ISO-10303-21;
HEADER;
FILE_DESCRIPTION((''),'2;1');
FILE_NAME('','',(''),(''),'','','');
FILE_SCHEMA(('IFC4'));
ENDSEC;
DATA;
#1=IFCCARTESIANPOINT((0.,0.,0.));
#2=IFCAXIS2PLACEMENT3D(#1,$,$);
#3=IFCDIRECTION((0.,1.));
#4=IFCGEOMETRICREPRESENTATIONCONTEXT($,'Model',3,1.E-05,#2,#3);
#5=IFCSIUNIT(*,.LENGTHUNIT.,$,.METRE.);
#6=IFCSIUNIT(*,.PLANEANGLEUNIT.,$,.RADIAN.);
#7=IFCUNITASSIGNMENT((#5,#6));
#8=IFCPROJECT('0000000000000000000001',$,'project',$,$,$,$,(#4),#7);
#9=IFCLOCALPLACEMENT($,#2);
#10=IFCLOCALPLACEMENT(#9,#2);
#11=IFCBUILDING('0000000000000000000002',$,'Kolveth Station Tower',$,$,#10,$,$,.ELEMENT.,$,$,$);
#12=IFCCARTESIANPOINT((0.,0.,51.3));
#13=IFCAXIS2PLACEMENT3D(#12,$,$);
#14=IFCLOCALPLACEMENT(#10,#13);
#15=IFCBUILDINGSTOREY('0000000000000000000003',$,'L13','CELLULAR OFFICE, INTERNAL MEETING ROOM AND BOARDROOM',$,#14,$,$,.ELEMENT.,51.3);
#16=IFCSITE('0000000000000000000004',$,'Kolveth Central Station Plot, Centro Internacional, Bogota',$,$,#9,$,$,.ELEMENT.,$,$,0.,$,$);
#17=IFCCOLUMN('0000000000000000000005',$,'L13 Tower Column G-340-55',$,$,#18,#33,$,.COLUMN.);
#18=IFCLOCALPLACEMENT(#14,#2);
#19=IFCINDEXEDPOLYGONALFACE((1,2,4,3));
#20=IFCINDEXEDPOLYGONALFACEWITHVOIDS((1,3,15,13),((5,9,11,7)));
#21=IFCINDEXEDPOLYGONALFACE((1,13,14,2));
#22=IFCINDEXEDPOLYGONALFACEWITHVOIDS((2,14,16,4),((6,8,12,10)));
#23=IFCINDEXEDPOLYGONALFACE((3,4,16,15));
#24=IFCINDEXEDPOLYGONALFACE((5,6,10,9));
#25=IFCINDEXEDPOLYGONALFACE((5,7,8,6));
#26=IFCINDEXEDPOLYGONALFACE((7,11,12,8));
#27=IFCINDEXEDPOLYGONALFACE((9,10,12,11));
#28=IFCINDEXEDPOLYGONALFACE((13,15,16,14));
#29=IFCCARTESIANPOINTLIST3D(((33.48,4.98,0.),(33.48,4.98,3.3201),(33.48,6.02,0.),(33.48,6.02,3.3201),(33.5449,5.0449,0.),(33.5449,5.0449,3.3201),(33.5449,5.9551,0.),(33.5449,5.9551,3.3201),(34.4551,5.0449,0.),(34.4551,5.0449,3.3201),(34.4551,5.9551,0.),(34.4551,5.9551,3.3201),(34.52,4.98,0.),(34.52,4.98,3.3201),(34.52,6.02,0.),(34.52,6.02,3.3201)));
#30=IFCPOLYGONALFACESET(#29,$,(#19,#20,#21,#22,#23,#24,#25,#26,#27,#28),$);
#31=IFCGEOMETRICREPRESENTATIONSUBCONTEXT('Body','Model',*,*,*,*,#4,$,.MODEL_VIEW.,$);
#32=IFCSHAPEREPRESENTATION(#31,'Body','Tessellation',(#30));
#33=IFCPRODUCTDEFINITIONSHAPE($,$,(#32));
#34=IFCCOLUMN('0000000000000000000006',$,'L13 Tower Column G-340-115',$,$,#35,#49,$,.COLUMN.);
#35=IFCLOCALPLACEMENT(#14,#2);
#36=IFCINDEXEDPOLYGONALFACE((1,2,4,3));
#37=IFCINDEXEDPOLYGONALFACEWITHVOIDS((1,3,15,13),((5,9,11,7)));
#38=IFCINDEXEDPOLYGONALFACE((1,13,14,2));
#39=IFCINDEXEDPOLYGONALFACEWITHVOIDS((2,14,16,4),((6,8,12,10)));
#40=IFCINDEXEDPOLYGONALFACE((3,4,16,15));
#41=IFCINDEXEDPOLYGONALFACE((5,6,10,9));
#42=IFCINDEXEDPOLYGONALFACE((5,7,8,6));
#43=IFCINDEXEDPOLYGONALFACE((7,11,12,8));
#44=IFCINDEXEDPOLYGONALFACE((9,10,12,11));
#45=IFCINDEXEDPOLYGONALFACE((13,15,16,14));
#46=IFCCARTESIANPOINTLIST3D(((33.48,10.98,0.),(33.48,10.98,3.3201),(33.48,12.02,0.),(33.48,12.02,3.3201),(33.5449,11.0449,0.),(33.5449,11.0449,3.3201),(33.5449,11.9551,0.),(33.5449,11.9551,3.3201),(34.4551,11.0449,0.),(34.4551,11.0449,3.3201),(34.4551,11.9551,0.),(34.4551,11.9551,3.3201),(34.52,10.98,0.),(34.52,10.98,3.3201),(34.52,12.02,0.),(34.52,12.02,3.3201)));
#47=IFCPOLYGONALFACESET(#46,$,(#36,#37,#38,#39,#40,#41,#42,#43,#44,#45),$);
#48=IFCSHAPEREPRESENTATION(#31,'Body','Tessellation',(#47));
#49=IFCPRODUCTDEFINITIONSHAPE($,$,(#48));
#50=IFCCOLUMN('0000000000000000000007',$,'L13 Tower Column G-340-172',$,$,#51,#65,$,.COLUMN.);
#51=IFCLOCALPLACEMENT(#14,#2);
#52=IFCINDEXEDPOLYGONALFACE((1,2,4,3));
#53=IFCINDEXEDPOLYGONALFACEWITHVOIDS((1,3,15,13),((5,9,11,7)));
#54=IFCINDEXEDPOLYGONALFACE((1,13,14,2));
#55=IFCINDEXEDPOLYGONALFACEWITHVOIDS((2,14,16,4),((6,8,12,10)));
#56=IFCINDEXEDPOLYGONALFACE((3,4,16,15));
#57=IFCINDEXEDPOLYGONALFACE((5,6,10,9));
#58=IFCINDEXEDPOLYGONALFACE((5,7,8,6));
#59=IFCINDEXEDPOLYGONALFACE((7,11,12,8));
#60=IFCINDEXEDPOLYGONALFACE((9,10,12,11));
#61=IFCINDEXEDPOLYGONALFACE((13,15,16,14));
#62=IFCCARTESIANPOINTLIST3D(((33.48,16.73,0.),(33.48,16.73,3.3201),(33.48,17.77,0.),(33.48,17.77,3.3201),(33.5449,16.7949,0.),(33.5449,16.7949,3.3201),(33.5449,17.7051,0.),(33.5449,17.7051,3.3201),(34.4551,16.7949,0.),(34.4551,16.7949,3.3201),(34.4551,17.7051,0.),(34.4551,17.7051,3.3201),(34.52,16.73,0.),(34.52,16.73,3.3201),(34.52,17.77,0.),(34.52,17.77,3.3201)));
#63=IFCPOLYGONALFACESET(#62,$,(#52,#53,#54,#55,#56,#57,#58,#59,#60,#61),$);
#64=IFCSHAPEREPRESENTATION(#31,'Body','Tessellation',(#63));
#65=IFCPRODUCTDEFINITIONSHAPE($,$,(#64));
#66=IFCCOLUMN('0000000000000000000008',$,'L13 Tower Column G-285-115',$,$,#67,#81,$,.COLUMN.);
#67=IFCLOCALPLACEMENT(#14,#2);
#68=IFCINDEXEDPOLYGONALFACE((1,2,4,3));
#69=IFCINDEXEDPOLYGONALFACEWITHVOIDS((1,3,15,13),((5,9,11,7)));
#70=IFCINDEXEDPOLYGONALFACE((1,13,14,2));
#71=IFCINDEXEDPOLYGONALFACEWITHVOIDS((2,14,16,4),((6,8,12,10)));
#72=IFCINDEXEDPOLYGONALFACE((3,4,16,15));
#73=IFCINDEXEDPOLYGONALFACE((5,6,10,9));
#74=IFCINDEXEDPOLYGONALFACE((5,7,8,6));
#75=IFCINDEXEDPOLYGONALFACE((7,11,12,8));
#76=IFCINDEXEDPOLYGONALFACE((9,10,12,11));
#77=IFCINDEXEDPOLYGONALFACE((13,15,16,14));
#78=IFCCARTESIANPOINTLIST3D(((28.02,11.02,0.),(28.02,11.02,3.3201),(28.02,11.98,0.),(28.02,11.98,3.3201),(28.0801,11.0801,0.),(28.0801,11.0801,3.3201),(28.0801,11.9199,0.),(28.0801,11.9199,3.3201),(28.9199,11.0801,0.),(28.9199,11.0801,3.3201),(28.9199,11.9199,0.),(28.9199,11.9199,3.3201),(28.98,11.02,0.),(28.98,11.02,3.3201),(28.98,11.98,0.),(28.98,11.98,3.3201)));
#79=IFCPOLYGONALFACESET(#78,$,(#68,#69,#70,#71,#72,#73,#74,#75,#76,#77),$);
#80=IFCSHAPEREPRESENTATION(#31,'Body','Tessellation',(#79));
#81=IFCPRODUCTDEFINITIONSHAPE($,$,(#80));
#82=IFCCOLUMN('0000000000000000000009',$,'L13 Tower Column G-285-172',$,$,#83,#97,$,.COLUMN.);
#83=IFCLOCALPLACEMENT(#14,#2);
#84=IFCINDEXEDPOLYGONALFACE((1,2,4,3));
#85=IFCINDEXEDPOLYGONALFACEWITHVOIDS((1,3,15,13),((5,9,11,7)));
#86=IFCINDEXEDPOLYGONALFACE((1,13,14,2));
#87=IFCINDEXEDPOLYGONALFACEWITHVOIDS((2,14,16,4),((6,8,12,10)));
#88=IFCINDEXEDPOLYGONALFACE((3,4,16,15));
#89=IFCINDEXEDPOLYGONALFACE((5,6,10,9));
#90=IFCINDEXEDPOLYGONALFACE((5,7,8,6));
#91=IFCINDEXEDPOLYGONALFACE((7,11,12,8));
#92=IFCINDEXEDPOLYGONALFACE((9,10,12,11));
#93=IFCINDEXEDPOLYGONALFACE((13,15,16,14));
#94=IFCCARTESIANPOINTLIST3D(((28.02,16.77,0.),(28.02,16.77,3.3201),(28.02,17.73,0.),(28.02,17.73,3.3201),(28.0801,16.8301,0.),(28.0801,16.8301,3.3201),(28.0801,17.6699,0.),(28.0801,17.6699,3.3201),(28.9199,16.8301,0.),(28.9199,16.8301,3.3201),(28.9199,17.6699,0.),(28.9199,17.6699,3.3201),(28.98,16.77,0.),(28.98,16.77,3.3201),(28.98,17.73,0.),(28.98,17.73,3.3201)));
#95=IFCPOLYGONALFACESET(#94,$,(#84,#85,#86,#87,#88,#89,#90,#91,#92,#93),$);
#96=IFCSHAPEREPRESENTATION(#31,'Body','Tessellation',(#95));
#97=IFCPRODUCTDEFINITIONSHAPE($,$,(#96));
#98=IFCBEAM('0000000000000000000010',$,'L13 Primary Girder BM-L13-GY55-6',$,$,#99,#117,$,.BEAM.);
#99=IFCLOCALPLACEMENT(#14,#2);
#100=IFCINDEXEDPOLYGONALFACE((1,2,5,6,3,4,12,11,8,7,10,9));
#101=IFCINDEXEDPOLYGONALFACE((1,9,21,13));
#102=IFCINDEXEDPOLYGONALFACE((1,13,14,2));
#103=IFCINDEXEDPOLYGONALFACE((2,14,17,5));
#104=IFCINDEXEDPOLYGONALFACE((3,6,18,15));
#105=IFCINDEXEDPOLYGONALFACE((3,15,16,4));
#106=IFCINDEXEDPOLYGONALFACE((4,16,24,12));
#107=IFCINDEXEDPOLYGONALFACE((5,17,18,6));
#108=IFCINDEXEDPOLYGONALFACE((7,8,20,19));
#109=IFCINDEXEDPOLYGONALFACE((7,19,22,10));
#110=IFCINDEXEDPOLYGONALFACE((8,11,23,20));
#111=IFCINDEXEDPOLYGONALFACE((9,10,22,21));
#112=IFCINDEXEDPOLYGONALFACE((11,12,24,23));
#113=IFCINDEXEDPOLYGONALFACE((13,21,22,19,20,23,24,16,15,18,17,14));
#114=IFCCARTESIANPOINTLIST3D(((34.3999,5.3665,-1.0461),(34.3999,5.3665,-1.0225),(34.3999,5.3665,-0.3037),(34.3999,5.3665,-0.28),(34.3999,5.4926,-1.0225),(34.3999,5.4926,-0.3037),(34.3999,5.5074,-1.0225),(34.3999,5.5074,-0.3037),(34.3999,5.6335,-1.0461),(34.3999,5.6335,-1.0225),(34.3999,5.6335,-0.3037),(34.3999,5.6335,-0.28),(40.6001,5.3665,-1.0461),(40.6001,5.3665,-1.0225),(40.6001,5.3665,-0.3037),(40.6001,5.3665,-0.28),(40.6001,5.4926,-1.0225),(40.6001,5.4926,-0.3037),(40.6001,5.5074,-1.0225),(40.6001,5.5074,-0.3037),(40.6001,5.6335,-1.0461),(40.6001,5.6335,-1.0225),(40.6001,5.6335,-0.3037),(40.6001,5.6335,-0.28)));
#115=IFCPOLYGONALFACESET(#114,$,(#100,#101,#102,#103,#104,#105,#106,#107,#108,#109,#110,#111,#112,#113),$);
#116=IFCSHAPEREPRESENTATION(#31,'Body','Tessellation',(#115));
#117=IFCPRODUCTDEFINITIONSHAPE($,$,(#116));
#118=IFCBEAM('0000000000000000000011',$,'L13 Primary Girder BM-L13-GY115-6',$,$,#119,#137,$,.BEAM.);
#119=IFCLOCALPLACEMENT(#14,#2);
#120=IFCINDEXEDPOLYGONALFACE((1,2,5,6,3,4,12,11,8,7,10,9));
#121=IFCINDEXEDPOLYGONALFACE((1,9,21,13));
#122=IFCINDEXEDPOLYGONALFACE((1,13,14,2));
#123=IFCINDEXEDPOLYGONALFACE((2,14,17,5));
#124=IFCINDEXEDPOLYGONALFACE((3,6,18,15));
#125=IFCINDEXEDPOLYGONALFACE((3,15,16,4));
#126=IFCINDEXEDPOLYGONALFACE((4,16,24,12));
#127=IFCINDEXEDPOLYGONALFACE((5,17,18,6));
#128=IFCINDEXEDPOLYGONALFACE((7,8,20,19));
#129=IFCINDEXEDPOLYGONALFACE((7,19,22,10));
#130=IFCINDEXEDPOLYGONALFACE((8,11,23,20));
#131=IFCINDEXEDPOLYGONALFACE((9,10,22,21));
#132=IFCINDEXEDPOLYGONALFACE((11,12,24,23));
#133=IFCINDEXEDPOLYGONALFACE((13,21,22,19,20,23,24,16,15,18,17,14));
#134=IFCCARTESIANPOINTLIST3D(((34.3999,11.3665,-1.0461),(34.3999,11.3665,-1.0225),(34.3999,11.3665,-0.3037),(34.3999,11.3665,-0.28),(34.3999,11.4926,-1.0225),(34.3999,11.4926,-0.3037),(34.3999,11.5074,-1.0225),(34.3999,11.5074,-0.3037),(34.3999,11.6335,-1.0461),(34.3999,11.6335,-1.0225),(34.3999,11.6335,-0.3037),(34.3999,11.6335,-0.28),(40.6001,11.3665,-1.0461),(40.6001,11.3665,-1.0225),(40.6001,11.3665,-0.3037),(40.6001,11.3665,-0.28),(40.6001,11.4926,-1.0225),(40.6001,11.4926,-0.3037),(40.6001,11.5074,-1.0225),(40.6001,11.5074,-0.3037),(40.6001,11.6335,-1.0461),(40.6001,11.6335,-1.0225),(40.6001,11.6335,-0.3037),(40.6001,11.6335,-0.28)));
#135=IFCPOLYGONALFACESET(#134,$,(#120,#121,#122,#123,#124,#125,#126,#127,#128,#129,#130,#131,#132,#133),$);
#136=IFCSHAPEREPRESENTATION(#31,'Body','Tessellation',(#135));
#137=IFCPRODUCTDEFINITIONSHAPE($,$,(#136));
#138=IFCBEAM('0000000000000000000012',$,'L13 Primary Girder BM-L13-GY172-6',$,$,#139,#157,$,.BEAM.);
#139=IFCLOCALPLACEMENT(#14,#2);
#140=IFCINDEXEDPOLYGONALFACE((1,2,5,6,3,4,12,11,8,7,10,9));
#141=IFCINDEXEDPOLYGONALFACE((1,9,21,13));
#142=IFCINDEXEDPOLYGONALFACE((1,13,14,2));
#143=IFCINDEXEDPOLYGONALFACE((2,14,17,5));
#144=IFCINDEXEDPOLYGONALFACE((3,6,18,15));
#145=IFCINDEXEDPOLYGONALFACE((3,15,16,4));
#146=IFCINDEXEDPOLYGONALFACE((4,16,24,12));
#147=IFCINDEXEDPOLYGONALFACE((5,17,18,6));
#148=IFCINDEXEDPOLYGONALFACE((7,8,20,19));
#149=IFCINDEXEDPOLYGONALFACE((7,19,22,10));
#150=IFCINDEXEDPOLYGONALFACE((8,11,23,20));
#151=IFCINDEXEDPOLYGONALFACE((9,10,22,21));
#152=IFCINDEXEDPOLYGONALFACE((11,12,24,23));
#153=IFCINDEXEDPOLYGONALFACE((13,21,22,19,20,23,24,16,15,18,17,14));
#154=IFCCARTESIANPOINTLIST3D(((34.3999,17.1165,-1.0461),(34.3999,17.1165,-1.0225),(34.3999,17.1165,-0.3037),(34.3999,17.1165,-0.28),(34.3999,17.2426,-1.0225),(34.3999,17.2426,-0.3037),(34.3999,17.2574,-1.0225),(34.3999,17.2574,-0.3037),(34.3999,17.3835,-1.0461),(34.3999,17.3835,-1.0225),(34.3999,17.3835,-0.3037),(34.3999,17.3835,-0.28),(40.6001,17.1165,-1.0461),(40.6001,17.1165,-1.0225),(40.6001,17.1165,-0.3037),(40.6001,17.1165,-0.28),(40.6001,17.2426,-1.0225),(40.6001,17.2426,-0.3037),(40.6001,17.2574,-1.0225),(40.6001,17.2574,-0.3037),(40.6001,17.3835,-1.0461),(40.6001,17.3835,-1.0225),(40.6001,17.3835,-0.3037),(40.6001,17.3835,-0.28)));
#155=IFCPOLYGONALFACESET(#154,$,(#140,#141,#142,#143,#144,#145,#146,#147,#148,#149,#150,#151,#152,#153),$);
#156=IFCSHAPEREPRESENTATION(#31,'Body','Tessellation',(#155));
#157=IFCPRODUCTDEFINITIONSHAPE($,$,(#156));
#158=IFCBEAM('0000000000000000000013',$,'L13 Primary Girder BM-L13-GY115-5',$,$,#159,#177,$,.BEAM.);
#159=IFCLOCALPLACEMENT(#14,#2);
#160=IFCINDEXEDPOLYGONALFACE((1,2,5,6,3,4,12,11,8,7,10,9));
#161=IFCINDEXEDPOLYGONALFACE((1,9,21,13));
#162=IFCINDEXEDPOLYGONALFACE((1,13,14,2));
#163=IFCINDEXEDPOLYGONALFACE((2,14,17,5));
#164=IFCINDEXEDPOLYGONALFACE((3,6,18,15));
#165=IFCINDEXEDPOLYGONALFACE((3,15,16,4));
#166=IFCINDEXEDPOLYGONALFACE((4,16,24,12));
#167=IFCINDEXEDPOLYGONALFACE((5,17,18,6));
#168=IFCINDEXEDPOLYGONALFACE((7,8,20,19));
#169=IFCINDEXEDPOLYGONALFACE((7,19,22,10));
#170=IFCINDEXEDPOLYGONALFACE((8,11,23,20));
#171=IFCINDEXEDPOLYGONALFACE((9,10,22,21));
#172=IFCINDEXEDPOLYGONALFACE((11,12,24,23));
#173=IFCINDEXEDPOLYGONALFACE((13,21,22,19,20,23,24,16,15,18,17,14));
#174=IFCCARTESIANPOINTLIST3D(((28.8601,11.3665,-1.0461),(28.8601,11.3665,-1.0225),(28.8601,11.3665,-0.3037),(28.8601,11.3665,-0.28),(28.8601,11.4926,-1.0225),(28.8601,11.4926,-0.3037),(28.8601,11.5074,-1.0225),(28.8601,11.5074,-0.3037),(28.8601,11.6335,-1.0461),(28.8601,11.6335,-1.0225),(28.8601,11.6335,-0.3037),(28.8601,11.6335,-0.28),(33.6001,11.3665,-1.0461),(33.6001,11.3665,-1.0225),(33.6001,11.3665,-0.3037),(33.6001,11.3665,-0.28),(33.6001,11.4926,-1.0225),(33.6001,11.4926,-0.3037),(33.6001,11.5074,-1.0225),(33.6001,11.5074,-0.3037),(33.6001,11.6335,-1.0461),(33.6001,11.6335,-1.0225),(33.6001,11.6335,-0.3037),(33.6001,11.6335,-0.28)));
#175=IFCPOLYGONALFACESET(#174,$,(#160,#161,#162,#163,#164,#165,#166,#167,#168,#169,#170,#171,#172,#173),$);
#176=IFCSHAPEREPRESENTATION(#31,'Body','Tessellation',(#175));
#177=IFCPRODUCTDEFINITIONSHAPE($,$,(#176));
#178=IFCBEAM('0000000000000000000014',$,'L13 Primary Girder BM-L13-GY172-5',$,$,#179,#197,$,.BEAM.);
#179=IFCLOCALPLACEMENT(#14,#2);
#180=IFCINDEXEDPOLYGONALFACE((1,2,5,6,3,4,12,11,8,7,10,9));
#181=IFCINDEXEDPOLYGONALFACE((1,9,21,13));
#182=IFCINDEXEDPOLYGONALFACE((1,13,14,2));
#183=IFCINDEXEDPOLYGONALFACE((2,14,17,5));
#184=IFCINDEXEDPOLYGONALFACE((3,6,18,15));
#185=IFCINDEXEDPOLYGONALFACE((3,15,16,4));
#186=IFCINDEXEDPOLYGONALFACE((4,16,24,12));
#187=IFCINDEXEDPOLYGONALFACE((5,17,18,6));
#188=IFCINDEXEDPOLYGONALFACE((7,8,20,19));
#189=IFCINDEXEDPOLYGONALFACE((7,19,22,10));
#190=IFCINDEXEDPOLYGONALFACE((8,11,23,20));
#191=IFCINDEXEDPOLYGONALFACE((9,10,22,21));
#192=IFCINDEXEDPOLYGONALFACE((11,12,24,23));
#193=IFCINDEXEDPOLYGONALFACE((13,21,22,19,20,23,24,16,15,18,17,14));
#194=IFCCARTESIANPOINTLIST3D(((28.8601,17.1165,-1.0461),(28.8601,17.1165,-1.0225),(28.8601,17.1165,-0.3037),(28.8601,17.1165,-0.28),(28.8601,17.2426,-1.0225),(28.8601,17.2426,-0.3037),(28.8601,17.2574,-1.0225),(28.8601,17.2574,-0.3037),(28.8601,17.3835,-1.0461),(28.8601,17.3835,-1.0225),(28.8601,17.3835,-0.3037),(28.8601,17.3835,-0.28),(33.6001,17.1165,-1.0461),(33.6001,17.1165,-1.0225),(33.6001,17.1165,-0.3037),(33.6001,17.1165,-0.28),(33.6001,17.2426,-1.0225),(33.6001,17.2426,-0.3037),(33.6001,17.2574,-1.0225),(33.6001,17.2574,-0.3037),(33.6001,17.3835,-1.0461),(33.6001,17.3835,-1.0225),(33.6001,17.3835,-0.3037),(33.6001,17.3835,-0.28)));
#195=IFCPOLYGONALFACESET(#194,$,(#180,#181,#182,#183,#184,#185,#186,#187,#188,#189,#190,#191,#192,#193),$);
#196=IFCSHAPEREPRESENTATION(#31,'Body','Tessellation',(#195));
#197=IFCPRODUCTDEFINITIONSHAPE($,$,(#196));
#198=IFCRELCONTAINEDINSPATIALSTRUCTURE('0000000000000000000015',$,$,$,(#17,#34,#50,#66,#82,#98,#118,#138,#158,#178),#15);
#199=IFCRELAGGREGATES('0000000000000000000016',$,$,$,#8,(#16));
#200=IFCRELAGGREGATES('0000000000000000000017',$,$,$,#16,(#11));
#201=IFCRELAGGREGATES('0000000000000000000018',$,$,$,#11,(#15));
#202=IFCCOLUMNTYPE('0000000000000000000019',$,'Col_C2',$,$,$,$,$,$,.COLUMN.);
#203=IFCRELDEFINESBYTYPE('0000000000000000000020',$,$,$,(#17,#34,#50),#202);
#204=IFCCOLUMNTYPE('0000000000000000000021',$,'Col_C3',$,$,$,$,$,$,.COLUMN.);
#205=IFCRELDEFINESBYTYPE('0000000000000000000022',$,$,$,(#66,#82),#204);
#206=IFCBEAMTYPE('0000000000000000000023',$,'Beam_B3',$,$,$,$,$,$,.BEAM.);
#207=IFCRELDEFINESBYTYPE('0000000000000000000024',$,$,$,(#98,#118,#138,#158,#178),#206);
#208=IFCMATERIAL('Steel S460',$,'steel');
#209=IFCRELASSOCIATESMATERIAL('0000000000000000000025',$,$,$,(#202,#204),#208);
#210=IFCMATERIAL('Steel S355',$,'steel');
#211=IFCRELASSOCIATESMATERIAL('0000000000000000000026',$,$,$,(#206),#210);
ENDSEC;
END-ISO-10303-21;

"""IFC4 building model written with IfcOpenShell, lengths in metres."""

from ifc_helpers import new_model, si_unit, direction, frame, origin, origin_2d, place, context, subcontext, project, spatial, hollow_rectangle, i_section, extrude, source, transform, mapped, material, material_profile, profile_set, type_object, element, save


model = new_model("IFC4")

# Units and contexts
model_context = context("Model", 3, precision=1e-05, world=origin(), true_north=direction((0.0, 1.0)))
body_context = subcontext(model_context, "Body", "Model", "MODEL_VIEW")
ifc_project = project(units=[si_unit("LENGTHUNIT", "METRE"), si_unit("PLANEANGLEUNIT", "RADIAN")], contexts=[model_context])

# Site, building, storey
site_placement = place(None, origin())
site = spatial("IfcSite", under=ifc_project, at=site_placement, Name="Kolveth Central Station Plot, Centro Internacional, Bogota", CompositionType="ELEMENT", RefElevation=0.0)
building_placement = place(site_placement, origin())
building = spatial("IfcBuilding", under=site, at=building_placement, Name="Kolveth Station Tower", CompositionType="ELEMENT")
storey_placement = place(building_placement, frame((0.0, 0.0, 51.3)))
storey = spatial("IfcBuildingStorey", under=building, at=storey_placement, Name="L13", Description="CELLULAR OFFICE, INTERNAL MEETING ROOM AND BOARDROOM", CompositionType="ELEMENT", Elevation=51.3)

# Columns
ifc_material_1 = material(Name="Steel S460", Category="steel")
ifc_material_profile_1 = material_profile(ifc_material_1, hollow_rectangle(XDim=1.04, YDim=1.04, WallThickness=0.0649, at=origin_2d()), Name="BOX1040x1040x65")
ifc_profile_set_1 = profile_set([ifc_material_profile_1], Name="Steel S460")
column_type_1 = type_object("IfcColumnType", Name="Col_C2", PredefinedType="COLUMN", material=ifc_profile_set_1)
shared_shape_1 = source(origin(), body_context, "Body", "SweptSolid", [
    extrude(hollow_rectangle(XDim=1.04, YDim=1.04, WallThickness=0.0649, at=origin_2d()), origin(), (0.0, 0.0, 1.0), 3.3201),
])
for number, where, z_axis, x_axis, name in (
    (1, (34.0, 5.5, 0.0), (0.0, 0.0, 1.0), (1.0, 0.0, 0.0), "L13 Tower Column G-340-55"),
    (2, (34.0, 11.5, 0.0), (0.0, 0.0, 1.0), (1.0, 0.0, 0.0), "L13 Tower Column G-340-115"),
    (3, (34.0, 17.25, 0.0), (0.0, 0.0, 1.0), (1.0, 0.0, 0.0), "L13 Tower Column G-340-172"),
):
    element("IfcColumn", number, at=place(storey_placement, frame(where, z_axis=z_axis, x_axis=x_axis)), inside=storey, type_object=column_type_1, Name=name, PredefinedType="COLUMN", context=body_context, shape_type="MappedRepresentation", body=[
        mapped(shared_shape_1, transform((0.0, 0.0, 0.0), x_axis=(1.0, 0.0, 0.0), y_axis=(0.0, 1.0, 0.0), z_axis=(0.0, 0.0, 1.0), scale=1.0)),
    ])
ifc_material_profile_2 = material_profile(ifc_material_1, hollow_rectangle(XDim=0.96, YDim=0.96, WallThickness=0.0601, at=origin_2d()), Name="BOX960x960x60")
ifc_profile_set_2 = profile_set([ifc_material_profile_2], Name="Steel S460")
column_type_2 = type_object("IfcColumnType", Name="Col_C3", PredefinedType="COLUMN", material=ifc_profile_set_2)
shared_shape_2 = source(origin(), body_context, "Body", "SweptSolid", [
    extrude(hollow_rectangle(XDim=0.96, YDim=0.96, WallThickness=0.0601, at=origin_2d()), origin(), (0.0, 0.0, 1.0), 3.3201),
])
for number, where, z_axis, x_axis, name in (
    (4, (28.5, 11.5, 0.0), (0.0, 0.0, 1.0), (1.0, 0.0, 0.0), "L13 Tower Column G-285-115"),
    (5, (28.5, 17.25, 0.0), (0.0, 0.0, 1.0), (1.0, 0.0, 0.0), "L13 Tower Column G-285-172"),
):
    element("IfcColumn", number, at=place(storey_placement, frame(where, z_axis=z_axis, x_axis=x_axis)), inside=storey, type_object=column_type_2, Name=name, PredefinedType="COLUMN", context=body_context, shape_type="MappedRepresentation", body=[
        mapped(shared_shape_2, transform((0.0, 0.0, 0.0), x_axis=(1.0, 0.0, 0.0), y_axis=(0.0, 1.0, 0.0), z_axis=(0.0, 0.0, 1.0), scale=1.0)),
    ])

# Beams
ifc_material_2 = material(Name="Steel S355", Category="steel")
ifc_material_profile_3 = material_profile(ifc_material_2, i_section(OverallWidth=0.2671, OverallDepth=0.7661, WebThickness=0.0149, FlangeThickness=0.0237, at=origin_2d()), Name="W760x185")
ifc_profile_set_3 = profile_set([ifc_material_profile_3], Name="Steel S355")
beam_type_1 = type_object("IfcBeamType", Name="Beam_B3", PredefinedType="BEAM", material=ifc_profile_set_3)
shared_shape_3 = source(origin(), body_context, "Body", "SweptSolid", [
    extrude(i_section(OverallWidth=0.2671, OverallDepth=0.7661, WebThickness=0.0149, FlangeThickness=0.0237, at=origin_2d()), origin(), (0.0, 0.0, 1.0), 6.2002),
])
for number, where, z_axis, x_axis, name in (
    (6, (34.3999, 5.5, -0.6631), (1.0, 0.0, 0.0), (0.0, 1.0, 0.0), "L13 Primary Girder BM-L13-GY55-6"),
    (7, (34.3999, 11.5, -0.6631), (1.0, 0.0, 0.0), (0.0, 1.0, 0.0), "L13 Primary Girder BM-L13-GY115-6"),
    (8, (34.3999, 17.25, -0.6631), (1.0, 0.0, 0.0), (0.0, 1.0, 0.0), "L13 Primary Girder BM-L13-GY172-6"),
):
    element("IfcBeam", number, at=place(storey_placement, frame(where, z_axis=z_axis, x_axis=x_axis)), inside=storey, type_object=beam_type_1, Name=name, PredefinedType="BEAM", context=body_context, shape_type="MappedRepresentation", body=[
        mapped(shared_shape_3, transform((0.0, 0.0, 0.0), x_axis=(1.0, 0.0, 0.0), y_axis=(0.0, 1.0, 0.0), z_axis=(0.0, 0.0, 1.0), scale=1.0)),
    ])
shared_shape_4 = source(origin(), body_context, "Body", "SweptSolid", [
    extrude(i_section(OverallWidth=0.2671, OverallDepth=0.7661, WebThickness=0.0149, FlangeThickness=0.0237, at=origin_2d()), origin(), (0.0, 0.0, 1.0), 4.74),
])
for number, where, z_axis, x_axis, name in (
    (9, (28.8601, 11.5, -0.6631), (1.0, 0.0, 0.0), (0.0, 1.0, 0.0), "L13 Primary Girder BM-L13-GY115-5"),
    (10, (28.8601, 17.25, -0.6631), (1.0, 0.0, 0.0), (0.0, 1.0, 0.0), "L13 Primary Girder BM-L13-GY172-5"),
):
    element("IfcBeam", number, at=place(storey_placement, frame(where, z_axis=z_axis, x_axis=x_axis)), inside=storey, type_object=beam_type_1, Name=name, PredefinedType="BEAM", context=body_context, shape_type="MappedRepresentation", body=[
        mapped(shared_shape_4, transform((0.0, 0.0, 0.0), x_axis=(1.0, 0.0, 0.0), y_axis=(0.0, 1.0, 0.0), z_axis=(0.0, 0.0, 1.0), scale=1.0)),
    ])

save(model, "model.ifc")
